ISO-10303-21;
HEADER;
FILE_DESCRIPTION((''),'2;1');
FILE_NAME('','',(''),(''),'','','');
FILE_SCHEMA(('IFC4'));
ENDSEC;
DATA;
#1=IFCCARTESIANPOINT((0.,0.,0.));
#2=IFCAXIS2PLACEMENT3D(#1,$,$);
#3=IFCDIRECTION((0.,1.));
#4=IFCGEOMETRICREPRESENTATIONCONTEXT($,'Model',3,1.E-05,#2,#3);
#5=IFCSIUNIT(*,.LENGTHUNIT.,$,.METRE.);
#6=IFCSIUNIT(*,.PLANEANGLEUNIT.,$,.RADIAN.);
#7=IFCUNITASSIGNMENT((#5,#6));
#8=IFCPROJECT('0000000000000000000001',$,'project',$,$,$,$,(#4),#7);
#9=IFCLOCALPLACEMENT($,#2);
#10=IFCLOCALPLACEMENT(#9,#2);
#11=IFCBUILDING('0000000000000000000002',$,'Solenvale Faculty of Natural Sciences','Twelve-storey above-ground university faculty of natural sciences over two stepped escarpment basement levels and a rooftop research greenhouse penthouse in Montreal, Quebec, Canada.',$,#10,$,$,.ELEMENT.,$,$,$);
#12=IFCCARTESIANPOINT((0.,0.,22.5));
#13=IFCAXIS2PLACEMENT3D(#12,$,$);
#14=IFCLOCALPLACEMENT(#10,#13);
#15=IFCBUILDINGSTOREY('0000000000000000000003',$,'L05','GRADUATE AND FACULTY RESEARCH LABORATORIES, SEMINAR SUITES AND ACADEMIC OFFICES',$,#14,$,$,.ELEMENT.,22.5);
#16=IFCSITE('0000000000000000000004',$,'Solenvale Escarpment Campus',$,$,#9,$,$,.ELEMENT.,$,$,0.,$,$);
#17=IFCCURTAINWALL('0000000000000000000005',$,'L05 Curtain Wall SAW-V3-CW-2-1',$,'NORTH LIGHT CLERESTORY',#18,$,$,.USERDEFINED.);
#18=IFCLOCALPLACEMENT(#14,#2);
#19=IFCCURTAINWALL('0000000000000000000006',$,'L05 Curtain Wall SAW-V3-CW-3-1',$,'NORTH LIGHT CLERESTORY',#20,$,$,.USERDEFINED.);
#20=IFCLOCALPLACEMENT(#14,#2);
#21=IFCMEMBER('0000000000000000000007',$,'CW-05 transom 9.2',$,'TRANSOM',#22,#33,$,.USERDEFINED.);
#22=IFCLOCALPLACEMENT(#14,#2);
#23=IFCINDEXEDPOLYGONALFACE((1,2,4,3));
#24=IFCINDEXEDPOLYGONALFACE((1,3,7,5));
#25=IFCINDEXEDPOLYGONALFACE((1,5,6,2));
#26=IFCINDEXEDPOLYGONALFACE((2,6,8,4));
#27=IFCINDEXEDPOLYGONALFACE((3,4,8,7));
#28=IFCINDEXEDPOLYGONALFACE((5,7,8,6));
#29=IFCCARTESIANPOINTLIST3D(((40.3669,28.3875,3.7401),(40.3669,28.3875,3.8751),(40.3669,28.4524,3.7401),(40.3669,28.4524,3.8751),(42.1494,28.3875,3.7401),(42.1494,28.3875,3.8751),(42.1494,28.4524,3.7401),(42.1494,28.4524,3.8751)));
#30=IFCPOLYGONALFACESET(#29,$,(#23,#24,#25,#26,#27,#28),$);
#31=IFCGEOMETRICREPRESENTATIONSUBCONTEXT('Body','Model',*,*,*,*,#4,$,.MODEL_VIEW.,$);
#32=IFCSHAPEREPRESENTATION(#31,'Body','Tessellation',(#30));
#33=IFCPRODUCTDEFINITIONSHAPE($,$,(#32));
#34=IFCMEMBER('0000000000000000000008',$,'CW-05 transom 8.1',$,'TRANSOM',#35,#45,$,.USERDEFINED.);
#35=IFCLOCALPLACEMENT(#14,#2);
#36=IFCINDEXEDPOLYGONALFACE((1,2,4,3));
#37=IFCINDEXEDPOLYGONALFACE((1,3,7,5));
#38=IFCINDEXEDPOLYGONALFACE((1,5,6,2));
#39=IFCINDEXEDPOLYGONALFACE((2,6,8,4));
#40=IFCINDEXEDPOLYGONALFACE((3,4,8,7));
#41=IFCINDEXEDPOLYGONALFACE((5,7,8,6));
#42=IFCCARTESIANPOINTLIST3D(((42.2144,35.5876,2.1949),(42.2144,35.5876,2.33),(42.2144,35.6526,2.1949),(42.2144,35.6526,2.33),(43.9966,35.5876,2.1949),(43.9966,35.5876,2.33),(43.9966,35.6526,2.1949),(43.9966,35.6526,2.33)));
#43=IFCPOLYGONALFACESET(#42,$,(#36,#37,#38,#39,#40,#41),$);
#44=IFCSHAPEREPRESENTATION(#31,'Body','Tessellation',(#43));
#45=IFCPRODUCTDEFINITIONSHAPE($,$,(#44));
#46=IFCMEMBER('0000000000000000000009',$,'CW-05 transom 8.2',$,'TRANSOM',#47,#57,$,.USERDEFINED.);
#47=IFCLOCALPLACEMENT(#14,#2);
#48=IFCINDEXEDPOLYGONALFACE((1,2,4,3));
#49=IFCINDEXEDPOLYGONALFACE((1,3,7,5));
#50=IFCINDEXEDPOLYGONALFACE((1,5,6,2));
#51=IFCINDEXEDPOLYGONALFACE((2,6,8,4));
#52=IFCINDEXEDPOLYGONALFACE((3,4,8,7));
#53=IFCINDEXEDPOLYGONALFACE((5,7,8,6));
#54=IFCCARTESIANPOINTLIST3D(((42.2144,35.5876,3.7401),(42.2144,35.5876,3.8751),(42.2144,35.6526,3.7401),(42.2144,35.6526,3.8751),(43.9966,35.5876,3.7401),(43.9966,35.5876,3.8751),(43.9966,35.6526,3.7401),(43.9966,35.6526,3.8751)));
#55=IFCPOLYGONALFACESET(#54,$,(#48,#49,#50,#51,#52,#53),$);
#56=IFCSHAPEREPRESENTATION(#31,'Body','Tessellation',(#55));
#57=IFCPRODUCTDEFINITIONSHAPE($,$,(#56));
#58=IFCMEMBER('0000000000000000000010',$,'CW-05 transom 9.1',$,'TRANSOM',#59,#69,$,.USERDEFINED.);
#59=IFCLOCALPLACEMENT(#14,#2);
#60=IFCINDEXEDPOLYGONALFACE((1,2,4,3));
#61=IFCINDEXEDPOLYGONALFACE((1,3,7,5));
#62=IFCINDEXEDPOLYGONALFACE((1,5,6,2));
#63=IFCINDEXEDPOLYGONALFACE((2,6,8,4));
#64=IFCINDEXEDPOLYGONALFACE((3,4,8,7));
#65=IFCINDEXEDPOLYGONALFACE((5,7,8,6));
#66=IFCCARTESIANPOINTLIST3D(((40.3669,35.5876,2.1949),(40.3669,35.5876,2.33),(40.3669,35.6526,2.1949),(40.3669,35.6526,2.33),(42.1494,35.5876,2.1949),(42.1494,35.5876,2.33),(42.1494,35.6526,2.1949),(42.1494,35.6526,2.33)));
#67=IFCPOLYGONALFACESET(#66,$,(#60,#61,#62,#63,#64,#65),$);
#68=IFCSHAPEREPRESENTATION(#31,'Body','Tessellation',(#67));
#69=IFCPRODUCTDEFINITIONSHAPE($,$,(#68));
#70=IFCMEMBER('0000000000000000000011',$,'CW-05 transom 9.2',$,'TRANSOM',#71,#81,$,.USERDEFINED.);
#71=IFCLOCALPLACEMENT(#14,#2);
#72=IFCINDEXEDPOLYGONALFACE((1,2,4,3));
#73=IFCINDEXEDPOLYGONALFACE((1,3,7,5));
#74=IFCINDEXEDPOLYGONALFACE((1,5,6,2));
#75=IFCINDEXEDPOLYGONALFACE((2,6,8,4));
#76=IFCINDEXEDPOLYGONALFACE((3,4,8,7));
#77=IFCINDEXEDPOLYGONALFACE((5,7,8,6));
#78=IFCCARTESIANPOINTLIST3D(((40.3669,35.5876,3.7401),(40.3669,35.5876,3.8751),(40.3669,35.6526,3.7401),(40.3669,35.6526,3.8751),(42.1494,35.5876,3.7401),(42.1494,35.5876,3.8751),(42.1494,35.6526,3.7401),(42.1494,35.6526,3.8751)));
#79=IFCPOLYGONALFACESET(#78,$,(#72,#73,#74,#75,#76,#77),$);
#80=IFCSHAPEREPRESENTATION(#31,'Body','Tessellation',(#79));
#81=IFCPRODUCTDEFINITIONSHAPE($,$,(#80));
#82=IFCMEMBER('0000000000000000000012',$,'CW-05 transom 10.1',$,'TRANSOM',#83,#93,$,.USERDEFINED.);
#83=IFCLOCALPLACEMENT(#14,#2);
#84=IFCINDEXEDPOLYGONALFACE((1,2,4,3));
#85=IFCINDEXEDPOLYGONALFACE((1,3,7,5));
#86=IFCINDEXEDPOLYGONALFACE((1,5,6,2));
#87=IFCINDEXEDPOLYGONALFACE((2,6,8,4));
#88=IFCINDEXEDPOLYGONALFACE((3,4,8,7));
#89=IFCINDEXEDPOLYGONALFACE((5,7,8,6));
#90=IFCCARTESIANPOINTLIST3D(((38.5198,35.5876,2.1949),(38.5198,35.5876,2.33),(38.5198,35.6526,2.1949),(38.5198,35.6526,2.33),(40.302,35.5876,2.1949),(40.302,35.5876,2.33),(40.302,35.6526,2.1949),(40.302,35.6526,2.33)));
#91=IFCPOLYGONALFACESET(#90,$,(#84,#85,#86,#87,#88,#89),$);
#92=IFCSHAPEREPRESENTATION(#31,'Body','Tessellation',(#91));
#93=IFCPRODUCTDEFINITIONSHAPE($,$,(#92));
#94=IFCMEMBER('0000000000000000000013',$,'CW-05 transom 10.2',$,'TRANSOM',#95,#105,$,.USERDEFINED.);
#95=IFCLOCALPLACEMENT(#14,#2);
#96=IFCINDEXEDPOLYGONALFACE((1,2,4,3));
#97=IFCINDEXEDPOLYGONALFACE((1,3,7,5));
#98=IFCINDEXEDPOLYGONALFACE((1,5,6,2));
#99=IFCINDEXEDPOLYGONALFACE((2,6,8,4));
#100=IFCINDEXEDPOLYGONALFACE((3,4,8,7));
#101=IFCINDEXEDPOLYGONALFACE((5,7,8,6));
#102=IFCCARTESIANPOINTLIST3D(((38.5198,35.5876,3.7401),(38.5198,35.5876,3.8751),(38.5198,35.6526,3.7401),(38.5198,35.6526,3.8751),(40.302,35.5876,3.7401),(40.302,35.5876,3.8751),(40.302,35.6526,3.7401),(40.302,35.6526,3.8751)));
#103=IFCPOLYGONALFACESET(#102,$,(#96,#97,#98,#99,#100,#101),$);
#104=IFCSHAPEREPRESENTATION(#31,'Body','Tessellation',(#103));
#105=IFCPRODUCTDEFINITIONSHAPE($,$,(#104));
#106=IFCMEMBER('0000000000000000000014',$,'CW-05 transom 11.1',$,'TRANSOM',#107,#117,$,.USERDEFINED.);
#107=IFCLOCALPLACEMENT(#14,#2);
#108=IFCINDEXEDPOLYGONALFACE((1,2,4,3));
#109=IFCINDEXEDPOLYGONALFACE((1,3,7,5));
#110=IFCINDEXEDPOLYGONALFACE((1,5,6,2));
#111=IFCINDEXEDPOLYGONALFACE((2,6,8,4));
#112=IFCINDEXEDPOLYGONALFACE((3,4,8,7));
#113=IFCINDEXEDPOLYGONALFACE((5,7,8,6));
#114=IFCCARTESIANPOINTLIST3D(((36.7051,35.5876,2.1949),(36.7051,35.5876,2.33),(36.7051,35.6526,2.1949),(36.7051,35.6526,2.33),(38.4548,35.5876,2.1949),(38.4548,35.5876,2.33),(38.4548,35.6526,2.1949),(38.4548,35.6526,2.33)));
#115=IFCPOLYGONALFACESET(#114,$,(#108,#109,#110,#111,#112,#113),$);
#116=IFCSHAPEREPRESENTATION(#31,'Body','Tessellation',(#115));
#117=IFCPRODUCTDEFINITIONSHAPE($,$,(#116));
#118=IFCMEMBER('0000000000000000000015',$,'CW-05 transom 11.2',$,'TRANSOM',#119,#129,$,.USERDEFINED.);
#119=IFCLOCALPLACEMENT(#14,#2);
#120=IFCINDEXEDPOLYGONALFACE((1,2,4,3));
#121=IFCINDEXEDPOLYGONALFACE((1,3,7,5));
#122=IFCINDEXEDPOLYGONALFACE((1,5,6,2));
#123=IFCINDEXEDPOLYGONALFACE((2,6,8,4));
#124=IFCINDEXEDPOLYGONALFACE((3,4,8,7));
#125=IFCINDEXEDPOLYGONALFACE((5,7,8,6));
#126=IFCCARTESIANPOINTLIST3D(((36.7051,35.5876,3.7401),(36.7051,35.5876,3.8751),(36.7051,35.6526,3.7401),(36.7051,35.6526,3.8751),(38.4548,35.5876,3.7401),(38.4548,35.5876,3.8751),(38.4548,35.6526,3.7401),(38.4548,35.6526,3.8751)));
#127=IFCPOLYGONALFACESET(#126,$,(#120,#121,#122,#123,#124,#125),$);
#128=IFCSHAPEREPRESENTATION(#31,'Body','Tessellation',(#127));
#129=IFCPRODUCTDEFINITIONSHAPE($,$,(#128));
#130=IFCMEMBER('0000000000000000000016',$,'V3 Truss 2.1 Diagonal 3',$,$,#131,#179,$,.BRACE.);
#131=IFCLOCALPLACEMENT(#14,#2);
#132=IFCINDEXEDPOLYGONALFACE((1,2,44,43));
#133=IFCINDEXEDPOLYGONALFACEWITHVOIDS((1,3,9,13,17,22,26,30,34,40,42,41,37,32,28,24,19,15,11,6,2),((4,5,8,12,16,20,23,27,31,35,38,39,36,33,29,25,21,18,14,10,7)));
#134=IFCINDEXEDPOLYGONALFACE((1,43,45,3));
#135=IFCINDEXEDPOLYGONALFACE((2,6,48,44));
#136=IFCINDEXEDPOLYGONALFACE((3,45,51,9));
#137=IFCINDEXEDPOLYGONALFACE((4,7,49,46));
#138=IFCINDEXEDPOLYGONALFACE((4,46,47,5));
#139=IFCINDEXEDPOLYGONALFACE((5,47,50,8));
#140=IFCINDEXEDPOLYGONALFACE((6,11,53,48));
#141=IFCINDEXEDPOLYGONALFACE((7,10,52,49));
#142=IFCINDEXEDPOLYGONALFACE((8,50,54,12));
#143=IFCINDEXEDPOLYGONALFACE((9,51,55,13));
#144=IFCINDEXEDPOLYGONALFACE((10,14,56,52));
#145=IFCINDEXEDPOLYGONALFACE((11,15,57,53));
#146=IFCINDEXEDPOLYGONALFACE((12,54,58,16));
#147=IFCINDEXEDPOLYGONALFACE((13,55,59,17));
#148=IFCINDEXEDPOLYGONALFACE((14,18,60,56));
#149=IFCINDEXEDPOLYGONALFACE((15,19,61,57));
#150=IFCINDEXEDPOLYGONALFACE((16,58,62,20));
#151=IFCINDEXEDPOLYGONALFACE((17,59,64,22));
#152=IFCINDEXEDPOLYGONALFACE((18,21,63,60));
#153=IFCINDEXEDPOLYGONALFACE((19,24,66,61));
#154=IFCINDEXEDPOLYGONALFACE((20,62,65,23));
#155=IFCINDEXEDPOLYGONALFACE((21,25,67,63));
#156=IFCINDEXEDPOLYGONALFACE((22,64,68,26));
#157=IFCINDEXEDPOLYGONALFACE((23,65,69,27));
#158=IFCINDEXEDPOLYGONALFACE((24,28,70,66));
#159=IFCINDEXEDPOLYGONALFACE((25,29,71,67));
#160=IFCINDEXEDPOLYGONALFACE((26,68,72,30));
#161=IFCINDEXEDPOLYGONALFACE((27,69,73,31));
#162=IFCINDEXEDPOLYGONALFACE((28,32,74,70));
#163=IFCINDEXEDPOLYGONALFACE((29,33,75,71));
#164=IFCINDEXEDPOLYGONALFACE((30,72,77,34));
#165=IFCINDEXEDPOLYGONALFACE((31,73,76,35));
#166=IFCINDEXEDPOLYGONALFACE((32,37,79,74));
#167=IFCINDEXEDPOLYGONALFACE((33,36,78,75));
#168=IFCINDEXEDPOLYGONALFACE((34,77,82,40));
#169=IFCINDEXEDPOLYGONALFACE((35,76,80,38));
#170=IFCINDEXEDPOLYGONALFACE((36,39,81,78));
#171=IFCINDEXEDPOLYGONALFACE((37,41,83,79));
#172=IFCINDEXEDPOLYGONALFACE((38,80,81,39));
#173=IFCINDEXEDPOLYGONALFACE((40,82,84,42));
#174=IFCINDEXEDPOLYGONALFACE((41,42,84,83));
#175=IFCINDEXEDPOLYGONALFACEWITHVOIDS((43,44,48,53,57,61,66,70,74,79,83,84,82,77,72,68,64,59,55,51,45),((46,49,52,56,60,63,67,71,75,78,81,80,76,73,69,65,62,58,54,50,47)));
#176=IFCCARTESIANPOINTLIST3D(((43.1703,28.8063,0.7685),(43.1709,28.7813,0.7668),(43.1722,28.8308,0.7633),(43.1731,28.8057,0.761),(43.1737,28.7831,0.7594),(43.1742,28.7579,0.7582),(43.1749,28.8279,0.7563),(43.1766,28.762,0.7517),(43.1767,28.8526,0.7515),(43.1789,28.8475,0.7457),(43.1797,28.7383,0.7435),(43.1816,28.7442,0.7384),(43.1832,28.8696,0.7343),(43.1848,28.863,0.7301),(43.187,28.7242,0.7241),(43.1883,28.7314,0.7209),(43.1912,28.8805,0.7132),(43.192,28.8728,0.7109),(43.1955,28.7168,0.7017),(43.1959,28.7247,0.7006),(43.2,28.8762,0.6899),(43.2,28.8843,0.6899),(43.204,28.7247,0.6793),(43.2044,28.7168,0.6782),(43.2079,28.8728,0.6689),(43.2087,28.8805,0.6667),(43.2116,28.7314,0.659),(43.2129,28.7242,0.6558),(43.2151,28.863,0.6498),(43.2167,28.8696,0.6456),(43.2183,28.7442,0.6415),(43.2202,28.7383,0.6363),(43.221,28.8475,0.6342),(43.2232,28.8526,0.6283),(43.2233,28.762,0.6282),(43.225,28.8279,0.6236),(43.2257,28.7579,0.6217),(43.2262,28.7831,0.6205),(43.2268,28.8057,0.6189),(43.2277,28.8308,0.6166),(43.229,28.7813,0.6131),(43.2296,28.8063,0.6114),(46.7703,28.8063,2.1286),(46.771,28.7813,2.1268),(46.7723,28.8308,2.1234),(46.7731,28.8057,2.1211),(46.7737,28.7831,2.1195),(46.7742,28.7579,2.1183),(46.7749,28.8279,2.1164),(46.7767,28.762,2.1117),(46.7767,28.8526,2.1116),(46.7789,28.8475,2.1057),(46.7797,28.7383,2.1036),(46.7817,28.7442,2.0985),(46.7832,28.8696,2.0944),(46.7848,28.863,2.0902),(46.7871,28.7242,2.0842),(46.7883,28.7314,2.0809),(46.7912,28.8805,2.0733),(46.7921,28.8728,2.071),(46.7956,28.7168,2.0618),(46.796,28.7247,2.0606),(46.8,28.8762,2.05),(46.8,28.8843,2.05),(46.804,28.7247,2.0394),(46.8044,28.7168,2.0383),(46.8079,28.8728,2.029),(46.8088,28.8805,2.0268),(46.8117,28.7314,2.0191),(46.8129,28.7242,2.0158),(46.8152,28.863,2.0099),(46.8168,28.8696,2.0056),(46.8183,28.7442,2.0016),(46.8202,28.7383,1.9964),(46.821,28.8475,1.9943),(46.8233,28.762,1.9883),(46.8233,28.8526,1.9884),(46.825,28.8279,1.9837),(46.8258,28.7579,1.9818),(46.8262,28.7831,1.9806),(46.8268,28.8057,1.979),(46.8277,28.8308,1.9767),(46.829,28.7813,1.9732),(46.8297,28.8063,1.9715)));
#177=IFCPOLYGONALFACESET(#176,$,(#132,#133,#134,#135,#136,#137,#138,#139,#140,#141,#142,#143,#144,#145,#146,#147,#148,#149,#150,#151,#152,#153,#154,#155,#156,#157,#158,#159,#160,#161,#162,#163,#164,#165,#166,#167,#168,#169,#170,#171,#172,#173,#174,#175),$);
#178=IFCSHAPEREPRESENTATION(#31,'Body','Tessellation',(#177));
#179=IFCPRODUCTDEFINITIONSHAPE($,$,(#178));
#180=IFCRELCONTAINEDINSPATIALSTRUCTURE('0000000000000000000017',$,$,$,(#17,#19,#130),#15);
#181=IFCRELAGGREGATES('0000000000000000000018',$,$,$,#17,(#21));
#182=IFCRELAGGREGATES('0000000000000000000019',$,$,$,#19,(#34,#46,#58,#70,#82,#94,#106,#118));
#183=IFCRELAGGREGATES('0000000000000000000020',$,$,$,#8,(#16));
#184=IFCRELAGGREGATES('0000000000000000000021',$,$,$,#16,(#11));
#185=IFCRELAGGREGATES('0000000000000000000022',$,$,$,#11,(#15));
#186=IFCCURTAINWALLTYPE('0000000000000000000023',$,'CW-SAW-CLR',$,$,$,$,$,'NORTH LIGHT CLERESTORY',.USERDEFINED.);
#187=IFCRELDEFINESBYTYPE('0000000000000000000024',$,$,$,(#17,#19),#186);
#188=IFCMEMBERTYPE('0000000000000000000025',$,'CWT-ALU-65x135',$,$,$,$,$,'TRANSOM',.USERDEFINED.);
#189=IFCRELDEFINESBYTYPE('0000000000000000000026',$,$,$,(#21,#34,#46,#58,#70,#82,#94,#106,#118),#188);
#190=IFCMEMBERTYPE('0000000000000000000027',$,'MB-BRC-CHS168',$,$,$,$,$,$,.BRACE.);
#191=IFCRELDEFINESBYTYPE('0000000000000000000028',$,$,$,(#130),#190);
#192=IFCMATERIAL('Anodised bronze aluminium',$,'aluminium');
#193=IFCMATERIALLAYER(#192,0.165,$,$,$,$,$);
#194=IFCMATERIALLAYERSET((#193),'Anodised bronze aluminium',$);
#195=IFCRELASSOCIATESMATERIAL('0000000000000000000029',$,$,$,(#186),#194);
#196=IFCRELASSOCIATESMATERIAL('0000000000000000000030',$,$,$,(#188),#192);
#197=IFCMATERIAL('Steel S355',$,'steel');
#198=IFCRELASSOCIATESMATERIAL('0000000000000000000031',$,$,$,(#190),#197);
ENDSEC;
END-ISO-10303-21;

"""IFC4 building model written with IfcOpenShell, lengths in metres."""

from ifc_helpers import new_model, si_unit, direction, frame, origin, origin_2d, place, context, subcontext, project, spatial, rectangle, hollow_circle, extrude, material, layer, layer_set, material_profile, profile_set, type_object, element, aggregate, save


model = new_model("IFC4")

# Units and contexts
model_context = context("Model", 3, precision=1e-05, world=origin(), true_north=direction((0.0, 1.0)))
body_context = subcontext(model_context, "Body", "Model", "MODEL_VIEW")
ifc_project = project(units=[si_unit("LENGTHUNIT", "METRE"), si_unit("PLANEANGLEUNIT", "RADIAN")], contexts=[model_context])

# Site, building, storey
site_placement = place(None, origin())
site = spatial("IfcSite", under=ifc_project, at=site_placement, Name="Solenvale Escarpment Campus", CompositionType="ELEMENT", RefElevation=0.0)
building_placement = place(site_placement, origin())
building = spatial("IfcBuilding", under=site, at=building_placement, Name="Solenvale Faculty of Natural Sciences", Description="Twelve-storey above-ground university faculty of natural sciences over two stepped escarpment basement levels and a rooftop research greenhouse penthouse in Montreal, Quebec, Canada.", CompositionType="ELEMENT")
storey_placement = place(building_placement, frame((0.0, 0.0, 22.5)))
storey = spatial("IfcBuildingStorey", under=building, at=storey_placement, Name="L05", Description="GRADUATE AND FACULTY RESEARCH LABORATORIES, SEMINAR SUITES AND ACADEMIC OFFICES", CompositionType="ELEMENT", Elevation=22.5)

# Shared definitions
ifc_material_1 = material(Name="Steel S355", Category="steel")

# Curtain walls
ifc_material_2 = material(Name="Anodised bronze aluminium", Category="aluminium")
ifc_layer_1 = layer(ifc_material_2, 0.165)
ifc_layer_set_1 = layer_set([ifc_layer_1], Name="Anodised bronze aluminium")
curtain_wall_type = type_object("IfcCurtainWallType", Name="CW-SAW-CLR", ElementType="NORTH LIGHT CLERESTORY", PredefinedType="USERDEFINED", material=ifc_layer_set_1)
curtain_wall_1_placement = place(storey_placement, origin())
curtain_wall_1 = element("IfcCurtainWall", 1, at=curtain_wall_1_placement, inside=storey, type_object=curtain_wall_type, Name="L05 Curtain Wall SAW-V3-CW-2-1", ObjectType="NORTH LIGHT CLERESTORY", PredefinedType="USERDEFINED")
curtain_wall_2_placement = place(storey_placement, origin())
curtain_wall_2 = element("IfcCurtainWall", 2, at=curtain_wall_2_placement, inside=storey, type_object=curtain_wall_type, Name="L05 Curtain Wall SAW-V3-CW-3-1", ObjectType="NORTH LIGHT CLERESTORY", PredefinedType="USERDEFINED")

# Members
ifc_material_profile_1 = material_profile(ifc_material_2, rectangle(XDim=0.0649, YDim=0.135, at=origin_2d()), Name="ALU-TRN-65x135")
ifc_profile_set_1 = profile_set([ifc_material_profile_1], Name="Anodised bronze aluminium")
member_type_1 = type_object("IfcMemberType", Name="CWT-ALU-65x135", ElementType="TRANSOM", PredefinedType="USERDEFINED", material=ifc_profile_set_1)
member_1_placement = place(storey_placement, frame((42.1494, 28.4199, 3.8076), z_axis=(-1.0, 0.0, 0.0), x_axis=(0.0, -1.0, 0.0)))
member_1 = element("IfcMember", 3, at=member_1_placement, type_object=member_type_1, Name="CW-05 transom 9.2", ObjectType="TRANSOM", PredefinedType="USERDEFINED", context=body_context, shape_type="SweptSolid", body=[
    extrude(rectangle(XDim=0.0649, YDim=0.135, at=origin_2d()), origin(), (0.0, 0.0, 1.0), 1.7825),
])
member_2_placement = place(storey_placement, frame((43.9966, 35.6201, 2.2625), z_axis=(-1.0, 0.0, 0.0), x_axis=(0.0, -1.0, 0.0)))
member_2 = element("IfcMember", 4, at=member_2_placement, type_object=member_type_1, Name="CW-05 transom 8.1", ObjectType="TRANSOM", PredefinedType="USERDEFINED", context=body_context, shape_type="SweptSolid", body=[
    extrude(rectangle(XDim=0.0649, YDim=0.135, at=origin_2d()), origin(), (0.0, 0.0, 1.0), 1.7822),
])
member_3_placement = place(storey_placement, frame((43.9966, 35.6201, 3.8076), z_axis=(-1.0, 0.0, 0.0), x_axis=(0.0, -1.0, 0.0)))
member_3 = element("IfcMember", 5, at=member_3_placement, type_object=member_type_1, Name="CW-05 transom 8.2", ObjectType="TRANSOM", PredefinedType="USERDEFINED", context=body_context, shape_type="SweptSolid", body=[
    extrude(rectangle(XDim=0.0649, YDim=0.135, at=origin_2d()), origin(), (0.0, 0.0, 1.0), 1.7822),
])
member_4_placement = place(storey_placement, frame((42.1494, 35.6201, 2.2625), z_axis=(-1.0, 0.0, 0.0), x_axis=(0.0, -1.0, 0.0)))
member_4 = element("IfcMember", 6, at=member_4_placement, type_object=member_type_1, Name="CW-05 transom 9.1", ObjectType="TRANSOM", PredefinedType="USERDEFINED", context=body_context, shape_type="SweptSolid", body=[
    extrude(rectangle(XDim=0.0649, YDim=0.135, at=origin_2d()), origin(), (0.0, 0.0, 1.0), 1.7825),
])
member_5_placement = place(storey_placement, frame((42.1494, 35.6201, 3.8076), z_axis=(-1.0, 0.0, 0.0), x_axis=(0.0, -1.0, 0.0)))
member_5 = element("IfcMember", 7, at=member_5_placement, type_object=member_type_1, Name="CW-05 transom 9.2", ObjectType="TRANSOM", PredefinedType="USERDEFINED", context=body_context, shape_type="SweptSolid", body=[
    extrude(rectangle(XDim=0.0649, YDim=0.135, at=origin_2d()), origin(), (0.0, 0.0, 1.0), 1.7825),
])
member_6_placement = place(storey_placement, frame((40.302, 35.6201, 2.2625), z_axis=(-1.0, 0.0, 0.0), x_axis=(0.0, -1.0, 0.0)))
member_6 = element("IfcMember", 8, at=member_6_placement, type_object=member_type_1, Name="CW-05 transom 10.1", ObjectType="TRANSOM", PredefinedType="USERDEFINED", context=body_context, shape_type="SweptSolid", body=[
    extrude(rectangle(XDim=0.0649, YDim=0.135, at=origin_2d()), origin(), (0.0, 0.0, 1.0), 1.7822),
])
member_7_placement = place(storey_placement, frame((40.302, 35.6201, 3.8076), z_axis=(-1.0, 0.0, 0.0), x_axis=(0.0, -1.0, 0.0)))
member_7 = element("IfcMember", 9, at=member_7_placement, type_object=member_type_1, Name="CW-05 transom 10.2", ObjectType="TRANSOM", PredefinedType="USERDEFINED", context=body_context, shape_type="SweptSolid", body=[
    extrude(rectangle(XDim=0.0649, YDim=0.135, at=origin_2d()), origin(), (0.0, 0.0, 1.0), 1.7822),
])
member_8_placement = place(storey_placement, frame((38.4548, 35.6201, 2.2625), z_axis=(-1.0, 0.0, 0.0), x_axis=(0.0, -1.0, 0.0)))
member_8 = element("IfcMember", 10, at=member_8_placement, type_object=member_type_1, Name="CW-05 transom 11.1", ObjectType="TRANSOM", PredefinedType="USERDEFINED", context=body_context, shape_type="SweptSolid", body=[
    extrude(rectangle(XDim=0.0649, YDim=0.135, at=origin_2d()), origin(), (0.0, 0.0, 1.0), 1.7498),
])
member_9_placement = place(storey_placement, frame((38.4548, 35.6201, 3.8076), z_axis=(-1.0, 0.0, 0.0), x_axis=(0.0, -1.0, 0.0)))
member_9 = element("IfcMember", 11, at=member_9_placement, type_object=member_type_1, Name="CW-05 transom 11.2", ObjectType="TRANSOM", PredefinedType="USERDEFINED", context=body_context, shape_type="SweptSolid", body=[
    extrude(rectangle(XDim=0.0649, YDim=0.135, at=origin_2d()), origin(), (0.0, 0.0, 1.0), 1.7498),
])

# Member
ifc_material_profile_2 = material_profile(ifc_material_1, hollow_circle(Radius=0.0842, WallThickness=0.0081, at=origin_2d()), Name="HSS168x8.0")
ifc_profile_set_2 = profile_set([ifc_material_profile_2], Name="Steel S355")
member_type_2 = type_object("IfcMemberType", Name="MB-BRC-CHS168", PredefinedType="BRACE", material=ifc_profile_set_2)
member_10_placement = place(storey_placement, frame((43.2, 28.8, 0.6899), z_axis=(0.935466, 0.0, 0.353417), x_axis=(0.0, 1.0, 0.0)))
element("IfcMember", 12, at=member_10_placement, inside=storey, type_object=member_type_2, Name="V3 Truss 2.1 Diagonal 3", PredefinedType="BRACE", context=body_context, shape_type="SweptSolid", body=[
    extrude(hollow_circle(Radius=0.0842, WallThickness=0.0081, at=origin_2d()), origin(), (0.0, 0.0, 1.0), 3.8484),
])

aggregate(curtain_wall_1, [member_1])
aggregate(curtain_wall_2, [member_2, member_3, member_4, member_5, member_6, member_7, member_8, member_9])

save(model, "model.ifc")
